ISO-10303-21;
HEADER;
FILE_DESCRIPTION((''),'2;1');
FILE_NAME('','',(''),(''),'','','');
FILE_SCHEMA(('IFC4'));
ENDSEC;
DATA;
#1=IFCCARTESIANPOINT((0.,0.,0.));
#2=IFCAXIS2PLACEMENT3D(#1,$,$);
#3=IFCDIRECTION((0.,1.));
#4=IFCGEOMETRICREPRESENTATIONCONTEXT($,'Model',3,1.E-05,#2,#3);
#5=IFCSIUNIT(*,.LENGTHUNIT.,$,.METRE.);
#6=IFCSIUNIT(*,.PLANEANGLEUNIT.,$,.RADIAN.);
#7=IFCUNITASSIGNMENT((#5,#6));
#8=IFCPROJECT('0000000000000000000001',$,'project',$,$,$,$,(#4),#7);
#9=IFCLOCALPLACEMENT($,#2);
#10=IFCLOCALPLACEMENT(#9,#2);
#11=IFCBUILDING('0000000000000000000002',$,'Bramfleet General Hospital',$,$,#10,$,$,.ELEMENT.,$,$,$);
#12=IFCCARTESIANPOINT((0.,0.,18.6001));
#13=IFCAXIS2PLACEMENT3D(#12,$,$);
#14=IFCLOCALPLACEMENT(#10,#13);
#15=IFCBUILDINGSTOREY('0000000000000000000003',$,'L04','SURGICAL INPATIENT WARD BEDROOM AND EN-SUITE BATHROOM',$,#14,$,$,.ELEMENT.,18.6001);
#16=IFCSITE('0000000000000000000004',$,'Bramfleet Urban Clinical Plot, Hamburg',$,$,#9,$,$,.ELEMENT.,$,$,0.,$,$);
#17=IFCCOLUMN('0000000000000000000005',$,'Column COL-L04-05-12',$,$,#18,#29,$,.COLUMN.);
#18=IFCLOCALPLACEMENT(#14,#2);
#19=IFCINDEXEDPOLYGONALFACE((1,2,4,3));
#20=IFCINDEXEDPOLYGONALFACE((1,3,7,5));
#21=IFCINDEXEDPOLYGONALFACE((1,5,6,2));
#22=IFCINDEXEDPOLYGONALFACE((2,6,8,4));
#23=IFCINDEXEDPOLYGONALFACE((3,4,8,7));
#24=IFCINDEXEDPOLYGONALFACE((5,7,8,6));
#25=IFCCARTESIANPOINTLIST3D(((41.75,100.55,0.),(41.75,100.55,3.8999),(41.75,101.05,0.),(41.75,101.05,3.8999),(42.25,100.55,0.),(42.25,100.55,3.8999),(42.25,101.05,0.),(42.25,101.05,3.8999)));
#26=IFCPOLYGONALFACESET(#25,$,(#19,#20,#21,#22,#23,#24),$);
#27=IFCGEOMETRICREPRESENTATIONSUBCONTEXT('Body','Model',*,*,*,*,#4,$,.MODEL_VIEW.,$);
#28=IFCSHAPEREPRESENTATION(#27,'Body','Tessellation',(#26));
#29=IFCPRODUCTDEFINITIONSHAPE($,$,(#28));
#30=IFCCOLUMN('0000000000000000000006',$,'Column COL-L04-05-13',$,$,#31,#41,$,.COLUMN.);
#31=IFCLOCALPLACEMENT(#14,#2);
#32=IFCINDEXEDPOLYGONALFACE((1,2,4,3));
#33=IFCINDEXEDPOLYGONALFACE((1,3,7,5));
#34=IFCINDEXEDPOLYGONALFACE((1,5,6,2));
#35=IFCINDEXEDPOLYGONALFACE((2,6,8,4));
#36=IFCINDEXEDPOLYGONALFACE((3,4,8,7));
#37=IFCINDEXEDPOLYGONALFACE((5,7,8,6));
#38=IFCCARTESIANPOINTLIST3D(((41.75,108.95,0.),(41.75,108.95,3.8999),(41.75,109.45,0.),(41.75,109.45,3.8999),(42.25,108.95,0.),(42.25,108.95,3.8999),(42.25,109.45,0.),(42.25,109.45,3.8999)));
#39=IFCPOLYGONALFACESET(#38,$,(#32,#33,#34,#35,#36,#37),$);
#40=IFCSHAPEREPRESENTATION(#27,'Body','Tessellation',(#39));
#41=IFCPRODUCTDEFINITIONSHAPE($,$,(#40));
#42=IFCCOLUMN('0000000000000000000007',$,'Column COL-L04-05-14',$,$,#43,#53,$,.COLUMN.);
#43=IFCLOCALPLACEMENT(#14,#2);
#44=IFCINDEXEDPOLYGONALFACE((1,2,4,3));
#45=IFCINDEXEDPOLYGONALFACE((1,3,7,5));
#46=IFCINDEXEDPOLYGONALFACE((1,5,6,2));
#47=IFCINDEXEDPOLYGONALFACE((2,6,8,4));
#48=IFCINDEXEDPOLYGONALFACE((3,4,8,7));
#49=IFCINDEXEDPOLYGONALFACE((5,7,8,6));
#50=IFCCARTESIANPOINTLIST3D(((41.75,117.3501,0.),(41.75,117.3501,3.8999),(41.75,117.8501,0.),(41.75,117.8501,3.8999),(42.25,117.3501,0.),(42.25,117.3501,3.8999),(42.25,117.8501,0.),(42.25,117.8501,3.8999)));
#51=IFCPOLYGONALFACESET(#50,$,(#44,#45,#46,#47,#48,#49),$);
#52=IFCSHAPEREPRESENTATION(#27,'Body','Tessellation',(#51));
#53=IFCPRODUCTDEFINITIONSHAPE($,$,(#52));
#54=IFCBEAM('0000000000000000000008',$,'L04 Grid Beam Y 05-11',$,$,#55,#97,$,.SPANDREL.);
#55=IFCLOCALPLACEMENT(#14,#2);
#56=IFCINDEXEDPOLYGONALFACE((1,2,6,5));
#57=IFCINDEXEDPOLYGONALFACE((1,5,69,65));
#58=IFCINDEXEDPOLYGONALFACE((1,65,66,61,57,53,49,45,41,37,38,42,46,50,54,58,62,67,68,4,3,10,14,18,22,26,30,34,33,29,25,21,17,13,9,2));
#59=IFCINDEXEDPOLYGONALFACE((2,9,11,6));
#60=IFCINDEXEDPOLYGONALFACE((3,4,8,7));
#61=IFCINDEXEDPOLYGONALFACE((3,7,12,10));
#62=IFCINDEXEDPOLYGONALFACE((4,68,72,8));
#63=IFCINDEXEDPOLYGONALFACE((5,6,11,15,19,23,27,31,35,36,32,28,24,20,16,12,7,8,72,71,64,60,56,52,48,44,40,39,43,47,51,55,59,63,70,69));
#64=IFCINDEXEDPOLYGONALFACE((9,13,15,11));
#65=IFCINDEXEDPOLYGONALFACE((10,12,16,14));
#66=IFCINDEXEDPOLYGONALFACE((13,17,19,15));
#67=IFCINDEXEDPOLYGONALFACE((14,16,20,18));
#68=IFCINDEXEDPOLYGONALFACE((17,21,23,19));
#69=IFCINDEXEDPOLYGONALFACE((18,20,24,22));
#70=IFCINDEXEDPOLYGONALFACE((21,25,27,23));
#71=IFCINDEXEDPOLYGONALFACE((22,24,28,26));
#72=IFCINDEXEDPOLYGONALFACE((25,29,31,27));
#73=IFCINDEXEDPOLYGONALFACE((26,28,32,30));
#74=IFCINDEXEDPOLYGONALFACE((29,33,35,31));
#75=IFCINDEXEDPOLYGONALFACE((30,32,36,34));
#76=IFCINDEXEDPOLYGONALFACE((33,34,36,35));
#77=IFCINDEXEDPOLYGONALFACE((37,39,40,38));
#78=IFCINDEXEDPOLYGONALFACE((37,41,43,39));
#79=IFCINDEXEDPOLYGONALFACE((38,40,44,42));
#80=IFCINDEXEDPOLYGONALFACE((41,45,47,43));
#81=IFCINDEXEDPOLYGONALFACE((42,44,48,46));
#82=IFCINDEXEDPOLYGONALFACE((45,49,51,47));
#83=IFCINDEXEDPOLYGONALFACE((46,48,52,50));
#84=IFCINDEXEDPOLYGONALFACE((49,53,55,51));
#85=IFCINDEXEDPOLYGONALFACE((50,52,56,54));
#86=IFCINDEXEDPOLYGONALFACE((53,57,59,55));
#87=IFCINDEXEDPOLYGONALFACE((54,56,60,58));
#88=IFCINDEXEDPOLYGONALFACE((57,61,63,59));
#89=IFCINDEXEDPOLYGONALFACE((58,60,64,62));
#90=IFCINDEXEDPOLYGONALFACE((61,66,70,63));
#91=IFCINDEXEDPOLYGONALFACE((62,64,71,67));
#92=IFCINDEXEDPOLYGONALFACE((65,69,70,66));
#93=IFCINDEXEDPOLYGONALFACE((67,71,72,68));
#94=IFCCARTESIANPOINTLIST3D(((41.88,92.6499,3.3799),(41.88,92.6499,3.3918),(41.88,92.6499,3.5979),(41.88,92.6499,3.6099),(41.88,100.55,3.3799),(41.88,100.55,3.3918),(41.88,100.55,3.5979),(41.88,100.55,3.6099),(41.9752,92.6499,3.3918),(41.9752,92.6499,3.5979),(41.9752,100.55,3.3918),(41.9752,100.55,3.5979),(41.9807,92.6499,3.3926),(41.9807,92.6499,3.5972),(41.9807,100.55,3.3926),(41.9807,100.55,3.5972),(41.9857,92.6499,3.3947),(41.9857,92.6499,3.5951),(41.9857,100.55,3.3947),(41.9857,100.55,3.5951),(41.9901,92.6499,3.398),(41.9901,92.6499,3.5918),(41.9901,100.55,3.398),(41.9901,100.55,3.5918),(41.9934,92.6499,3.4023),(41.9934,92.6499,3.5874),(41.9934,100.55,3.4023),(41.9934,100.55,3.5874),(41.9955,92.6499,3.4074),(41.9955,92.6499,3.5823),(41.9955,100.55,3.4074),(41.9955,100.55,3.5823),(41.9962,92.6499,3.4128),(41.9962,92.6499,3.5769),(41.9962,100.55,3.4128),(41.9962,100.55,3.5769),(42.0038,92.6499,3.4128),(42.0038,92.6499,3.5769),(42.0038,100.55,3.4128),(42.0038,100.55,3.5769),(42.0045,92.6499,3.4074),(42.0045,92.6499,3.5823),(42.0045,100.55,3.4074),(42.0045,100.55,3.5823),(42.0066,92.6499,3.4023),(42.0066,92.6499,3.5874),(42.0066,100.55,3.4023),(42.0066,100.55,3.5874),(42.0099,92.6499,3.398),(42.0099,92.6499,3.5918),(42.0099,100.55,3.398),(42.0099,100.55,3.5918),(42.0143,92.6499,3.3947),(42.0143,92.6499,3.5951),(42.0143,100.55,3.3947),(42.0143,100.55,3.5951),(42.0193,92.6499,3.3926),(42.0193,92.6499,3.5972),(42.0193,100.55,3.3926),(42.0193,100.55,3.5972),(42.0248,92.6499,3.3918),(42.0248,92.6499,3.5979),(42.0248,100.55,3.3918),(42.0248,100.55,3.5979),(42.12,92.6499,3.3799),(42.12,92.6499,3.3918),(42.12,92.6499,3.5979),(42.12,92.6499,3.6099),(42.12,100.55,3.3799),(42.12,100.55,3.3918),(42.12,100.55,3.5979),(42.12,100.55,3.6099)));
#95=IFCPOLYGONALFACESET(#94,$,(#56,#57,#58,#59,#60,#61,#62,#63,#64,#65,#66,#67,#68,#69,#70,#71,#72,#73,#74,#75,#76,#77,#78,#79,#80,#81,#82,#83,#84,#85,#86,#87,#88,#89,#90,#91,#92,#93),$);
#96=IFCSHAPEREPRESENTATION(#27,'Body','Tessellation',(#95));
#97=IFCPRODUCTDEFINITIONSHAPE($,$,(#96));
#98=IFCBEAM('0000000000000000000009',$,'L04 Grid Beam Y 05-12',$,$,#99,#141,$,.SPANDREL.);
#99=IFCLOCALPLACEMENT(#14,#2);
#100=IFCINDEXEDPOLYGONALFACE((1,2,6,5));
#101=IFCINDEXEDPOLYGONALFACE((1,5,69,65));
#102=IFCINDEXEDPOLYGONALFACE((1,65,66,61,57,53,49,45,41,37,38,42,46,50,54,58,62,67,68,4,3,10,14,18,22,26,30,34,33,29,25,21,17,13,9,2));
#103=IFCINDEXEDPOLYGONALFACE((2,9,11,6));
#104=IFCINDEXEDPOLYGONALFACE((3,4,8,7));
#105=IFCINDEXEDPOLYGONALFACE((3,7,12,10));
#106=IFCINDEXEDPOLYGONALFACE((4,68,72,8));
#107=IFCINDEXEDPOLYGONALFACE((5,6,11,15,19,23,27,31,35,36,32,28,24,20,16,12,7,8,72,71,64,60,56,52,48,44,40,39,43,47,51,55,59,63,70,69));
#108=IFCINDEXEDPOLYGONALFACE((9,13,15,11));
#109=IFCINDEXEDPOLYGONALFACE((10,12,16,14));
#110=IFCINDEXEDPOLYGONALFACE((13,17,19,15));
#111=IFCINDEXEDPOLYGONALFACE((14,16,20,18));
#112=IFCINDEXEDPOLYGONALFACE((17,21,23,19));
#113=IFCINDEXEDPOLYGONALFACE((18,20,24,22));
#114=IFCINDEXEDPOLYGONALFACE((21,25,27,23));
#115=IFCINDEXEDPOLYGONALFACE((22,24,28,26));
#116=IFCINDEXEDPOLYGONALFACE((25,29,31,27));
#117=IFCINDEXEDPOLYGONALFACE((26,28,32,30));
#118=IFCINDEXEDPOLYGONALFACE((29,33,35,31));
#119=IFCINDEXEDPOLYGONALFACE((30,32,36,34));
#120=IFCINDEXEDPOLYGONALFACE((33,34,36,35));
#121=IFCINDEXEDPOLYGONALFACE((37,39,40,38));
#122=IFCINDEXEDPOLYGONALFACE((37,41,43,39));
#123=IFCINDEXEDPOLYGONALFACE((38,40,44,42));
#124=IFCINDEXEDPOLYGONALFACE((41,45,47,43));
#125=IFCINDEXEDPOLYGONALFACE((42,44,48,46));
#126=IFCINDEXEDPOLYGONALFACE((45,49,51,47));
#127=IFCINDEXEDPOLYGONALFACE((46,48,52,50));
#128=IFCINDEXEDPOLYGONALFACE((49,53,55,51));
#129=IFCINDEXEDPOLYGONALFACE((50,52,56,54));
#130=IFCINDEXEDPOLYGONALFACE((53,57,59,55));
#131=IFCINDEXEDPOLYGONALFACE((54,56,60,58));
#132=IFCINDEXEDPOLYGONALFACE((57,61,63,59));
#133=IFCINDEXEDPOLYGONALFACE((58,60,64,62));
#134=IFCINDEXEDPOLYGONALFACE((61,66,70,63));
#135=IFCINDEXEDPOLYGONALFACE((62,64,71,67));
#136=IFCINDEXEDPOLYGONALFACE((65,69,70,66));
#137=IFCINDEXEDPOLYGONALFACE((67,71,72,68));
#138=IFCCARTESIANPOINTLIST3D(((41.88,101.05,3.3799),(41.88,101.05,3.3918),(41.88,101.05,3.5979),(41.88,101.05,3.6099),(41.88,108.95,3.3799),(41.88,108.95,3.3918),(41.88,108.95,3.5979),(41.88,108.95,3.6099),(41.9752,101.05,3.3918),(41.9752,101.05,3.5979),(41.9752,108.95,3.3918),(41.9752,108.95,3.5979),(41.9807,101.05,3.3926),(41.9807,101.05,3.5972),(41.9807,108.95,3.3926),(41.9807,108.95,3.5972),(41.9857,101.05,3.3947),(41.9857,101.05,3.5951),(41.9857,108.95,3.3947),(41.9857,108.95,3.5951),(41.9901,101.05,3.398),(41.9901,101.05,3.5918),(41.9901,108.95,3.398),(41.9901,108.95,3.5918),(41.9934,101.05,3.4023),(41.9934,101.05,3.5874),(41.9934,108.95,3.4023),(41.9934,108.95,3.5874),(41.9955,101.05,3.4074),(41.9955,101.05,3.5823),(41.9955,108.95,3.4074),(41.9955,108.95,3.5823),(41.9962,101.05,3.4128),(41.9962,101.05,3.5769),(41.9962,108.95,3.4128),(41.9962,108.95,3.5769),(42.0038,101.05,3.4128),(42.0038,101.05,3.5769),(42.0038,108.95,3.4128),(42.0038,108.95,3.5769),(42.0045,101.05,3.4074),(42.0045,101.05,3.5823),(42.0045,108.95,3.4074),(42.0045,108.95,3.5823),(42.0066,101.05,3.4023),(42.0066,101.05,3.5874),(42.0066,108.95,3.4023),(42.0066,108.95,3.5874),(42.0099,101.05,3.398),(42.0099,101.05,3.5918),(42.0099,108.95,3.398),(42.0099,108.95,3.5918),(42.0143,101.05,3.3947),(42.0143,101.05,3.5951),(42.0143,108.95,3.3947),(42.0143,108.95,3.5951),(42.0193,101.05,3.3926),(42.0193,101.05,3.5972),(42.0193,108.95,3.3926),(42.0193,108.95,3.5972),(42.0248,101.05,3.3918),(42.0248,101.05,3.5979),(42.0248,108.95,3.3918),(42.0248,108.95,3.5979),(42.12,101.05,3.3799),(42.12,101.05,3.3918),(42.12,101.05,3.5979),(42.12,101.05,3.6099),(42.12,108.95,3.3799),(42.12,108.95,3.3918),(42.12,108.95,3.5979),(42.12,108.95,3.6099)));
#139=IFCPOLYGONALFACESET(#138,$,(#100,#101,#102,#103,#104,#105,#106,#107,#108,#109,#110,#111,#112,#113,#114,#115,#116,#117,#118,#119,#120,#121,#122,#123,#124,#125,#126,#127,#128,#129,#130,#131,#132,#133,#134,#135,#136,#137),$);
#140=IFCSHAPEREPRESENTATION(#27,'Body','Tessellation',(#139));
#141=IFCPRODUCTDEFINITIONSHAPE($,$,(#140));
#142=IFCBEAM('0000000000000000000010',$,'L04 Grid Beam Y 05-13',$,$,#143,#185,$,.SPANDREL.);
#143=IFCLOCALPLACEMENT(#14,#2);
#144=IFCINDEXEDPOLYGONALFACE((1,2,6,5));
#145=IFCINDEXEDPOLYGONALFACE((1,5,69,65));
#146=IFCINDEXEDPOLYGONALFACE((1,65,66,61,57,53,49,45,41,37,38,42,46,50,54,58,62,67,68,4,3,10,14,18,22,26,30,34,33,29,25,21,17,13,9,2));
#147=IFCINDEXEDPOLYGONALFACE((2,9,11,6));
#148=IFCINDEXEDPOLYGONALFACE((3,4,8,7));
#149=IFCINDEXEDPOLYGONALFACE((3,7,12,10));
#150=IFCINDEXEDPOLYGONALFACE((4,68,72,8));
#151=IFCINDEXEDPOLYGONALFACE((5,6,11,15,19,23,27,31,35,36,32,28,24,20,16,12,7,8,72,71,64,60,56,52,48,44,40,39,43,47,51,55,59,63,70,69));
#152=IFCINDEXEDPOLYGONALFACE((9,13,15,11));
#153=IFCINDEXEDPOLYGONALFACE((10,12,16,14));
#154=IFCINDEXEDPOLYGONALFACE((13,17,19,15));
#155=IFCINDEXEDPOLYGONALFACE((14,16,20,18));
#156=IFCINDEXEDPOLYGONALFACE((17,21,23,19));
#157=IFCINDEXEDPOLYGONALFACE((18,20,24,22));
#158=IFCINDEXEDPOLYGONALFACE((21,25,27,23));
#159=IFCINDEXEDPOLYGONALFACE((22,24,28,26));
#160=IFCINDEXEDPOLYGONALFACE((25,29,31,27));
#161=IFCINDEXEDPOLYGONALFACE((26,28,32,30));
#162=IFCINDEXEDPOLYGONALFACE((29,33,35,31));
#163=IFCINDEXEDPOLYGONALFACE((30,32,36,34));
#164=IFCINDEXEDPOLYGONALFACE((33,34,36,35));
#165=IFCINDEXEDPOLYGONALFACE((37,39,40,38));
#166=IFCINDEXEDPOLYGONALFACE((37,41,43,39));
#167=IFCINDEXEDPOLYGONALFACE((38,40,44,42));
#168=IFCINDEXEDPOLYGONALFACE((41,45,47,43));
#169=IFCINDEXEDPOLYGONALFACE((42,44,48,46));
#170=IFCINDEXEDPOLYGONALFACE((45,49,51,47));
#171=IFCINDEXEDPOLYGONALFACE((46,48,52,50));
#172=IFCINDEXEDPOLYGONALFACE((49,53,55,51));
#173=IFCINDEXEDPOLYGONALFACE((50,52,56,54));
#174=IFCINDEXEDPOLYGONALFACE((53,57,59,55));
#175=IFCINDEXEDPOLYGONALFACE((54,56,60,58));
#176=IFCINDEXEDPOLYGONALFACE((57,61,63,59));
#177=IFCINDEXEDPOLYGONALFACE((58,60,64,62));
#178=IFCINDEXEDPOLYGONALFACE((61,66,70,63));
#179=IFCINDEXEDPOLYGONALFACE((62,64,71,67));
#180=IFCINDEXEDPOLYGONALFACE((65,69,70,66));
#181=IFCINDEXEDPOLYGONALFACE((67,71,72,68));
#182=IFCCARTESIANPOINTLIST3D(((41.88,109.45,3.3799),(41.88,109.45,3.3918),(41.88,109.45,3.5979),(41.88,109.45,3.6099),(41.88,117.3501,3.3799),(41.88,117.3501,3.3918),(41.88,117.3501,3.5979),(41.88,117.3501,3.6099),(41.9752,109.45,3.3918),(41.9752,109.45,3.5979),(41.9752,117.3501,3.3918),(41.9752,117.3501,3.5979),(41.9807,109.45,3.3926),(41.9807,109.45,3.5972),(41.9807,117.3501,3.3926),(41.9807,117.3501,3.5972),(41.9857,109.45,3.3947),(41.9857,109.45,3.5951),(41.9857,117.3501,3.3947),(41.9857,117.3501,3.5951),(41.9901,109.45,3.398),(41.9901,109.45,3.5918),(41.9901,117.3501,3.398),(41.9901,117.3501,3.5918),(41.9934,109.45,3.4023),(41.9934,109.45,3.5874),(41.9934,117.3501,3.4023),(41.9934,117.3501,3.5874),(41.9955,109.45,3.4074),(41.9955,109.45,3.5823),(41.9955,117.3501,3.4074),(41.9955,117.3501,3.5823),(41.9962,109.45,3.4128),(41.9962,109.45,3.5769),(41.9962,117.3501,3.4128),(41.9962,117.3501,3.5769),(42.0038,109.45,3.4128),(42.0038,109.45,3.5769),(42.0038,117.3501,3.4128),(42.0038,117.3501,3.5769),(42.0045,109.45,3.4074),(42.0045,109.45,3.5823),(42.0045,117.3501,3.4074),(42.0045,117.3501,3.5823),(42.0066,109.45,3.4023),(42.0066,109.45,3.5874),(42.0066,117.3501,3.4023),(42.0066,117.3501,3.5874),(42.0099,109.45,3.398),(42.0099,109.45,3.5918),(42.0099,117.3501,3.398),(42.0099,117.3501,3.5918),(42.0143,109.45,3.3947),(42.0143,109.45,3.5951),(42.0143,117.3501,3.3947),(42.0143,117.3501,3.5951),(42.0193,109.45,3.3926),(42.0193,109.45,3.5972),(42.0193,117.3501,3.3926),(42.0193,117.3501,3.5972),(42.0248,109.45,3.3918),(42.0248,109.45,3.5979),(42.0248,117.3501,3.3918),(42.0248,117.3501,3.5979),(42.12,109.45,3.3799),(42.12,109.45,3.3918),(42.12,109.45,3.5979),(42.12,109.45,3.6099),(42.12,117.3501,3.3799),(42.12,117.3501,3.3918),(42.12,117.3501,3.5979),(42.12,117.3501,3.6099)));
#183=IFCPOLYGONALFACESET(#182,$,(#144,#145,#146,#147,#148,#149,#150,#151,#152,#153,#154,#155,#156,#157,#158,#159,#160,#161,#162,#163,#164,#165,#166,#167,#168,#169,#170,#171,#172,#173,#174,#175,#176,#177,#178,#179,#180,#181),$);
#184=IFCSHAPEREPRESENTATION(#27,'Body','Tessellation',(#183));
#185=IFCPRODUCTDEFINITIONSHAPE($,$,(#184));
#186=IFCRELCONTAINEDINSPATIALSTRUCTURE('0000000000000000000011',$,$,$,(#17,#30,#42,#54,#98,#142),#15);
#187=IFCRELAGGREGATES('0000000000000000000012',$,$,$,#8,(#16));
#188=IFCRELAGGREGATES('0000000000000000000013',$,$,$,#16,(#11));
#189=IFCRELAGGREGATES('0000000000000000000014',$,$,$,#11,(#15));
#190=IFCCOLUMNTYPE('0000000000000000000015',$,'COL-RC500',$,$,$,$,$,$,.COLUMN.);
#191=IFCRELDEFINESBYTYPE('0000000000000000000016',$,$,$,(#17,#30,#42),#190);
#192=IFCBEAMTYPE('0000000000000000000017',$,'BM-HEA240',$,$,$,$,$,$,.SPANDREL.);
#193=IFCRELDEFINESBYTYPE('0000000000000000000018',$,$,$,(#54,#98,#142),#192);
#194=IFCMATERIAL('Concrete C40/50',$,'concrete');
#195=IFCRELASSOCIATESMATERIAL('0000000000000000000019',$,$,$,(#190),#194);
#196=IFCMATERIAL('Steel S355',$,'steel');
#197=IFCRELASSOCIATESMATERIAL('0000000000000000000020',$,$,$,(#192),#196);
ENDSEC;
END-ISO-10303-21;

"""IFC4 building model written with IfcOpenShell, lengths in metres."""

from ifc_helpers import new_model, si_unit, direction, frame, origin, origin_2d, place, context, subcontext, project, spatial, rectangle, i_section, extrude, material, material_profile, profile_set, type_object, element, save


model = new_model("IFC4")

# Units and contexts
model_context = context("Model", 3, precision=1e-05, world=origin(), true_north=direction((0.0, 1.0)))
body_context = subcontext(model_context, "Body", "Model", "MODEL_VIEW")
ifc_project = project(units=[si_unit("LENGTHUNIT", "METRE"), si_unit("PLANEANGLEUNIT", "RADIAN")], contexts=[model_context])

# Site, building, storey
site_placement = place(None, origin())
site = spatial("IfcSite", under=ifc_project, at=site_placement, Name="Bramfleet Urban Clinical Plot, Hamburg", CompositionType="ELEMENT", RefElevation=0.0)
building_placement = place(site_placement, origin())
building = spatial("IfcBuilding", under=site, at=building_placement, Name="Bramfleet General Hospital", CompositionType="ELEMENT")
storey_placement = place(building_placement, frame((0.0, 0.0, 18.6001)))
storey = spatial("IfcBuildingStorey", under=building, at=storey_placement, Name="L04", Description="SURGICAL INPATIENT WARD BEDROOM AND EN-SUITE BATHROOM", CompositionType="ELEMENT", Elevation=18.6001)

# Columns
ifc_material_1 = material(Name="Concrete C40/50", Category="concrete")
ifc_material_profile_1 = material_profile(ifc_material_1, rectangle(XDim=0.5, YDim=0.5, at=origin_2d()), Name="RC COL 500x500")
ifc_profile_set_1 = profile_set([ifc_material_profile_1], Name="Concrete C40/50")
column_type = type_object("IfcColumnType", Name="COL-RC500", PredefinedType="COLUMN", material=ifc_profile_set_1)
for number, where, z_axis, x_axis, name in (
    (1, (42.0, 100.8, 0.0), (0.0, 0.0, 1.0), (1.0, 0.0, 0.0), "Column COL-L04-05-12"),
    (2, (42.0, 109.2, 0.0), (0.0, 0.0, 1.0), (1.0, 0.0, 0.0), "Column COL-L04-05-13"),
    (3, (42.0, 117.6001, 0.0), (0.0, 0.0, 1.0), (1.0, 0.0, 0.0), "Column COL-L04-05-14"),
):
    element("IfcColumn", number, at=place(storey_placement, frame(where, z_axis=z_axis, x_axis=x_axis)), inside=storey, type_object=column_type, Name=name, PredefinedType="COLUMN", context=body_context, shape_type="SweptSolid", body=[
        extrude(rectangle(XDim=0.5, YDim=0.5, at=origin_2d()), origin(), (0.0, 0.0, 1.0), 3.8999),
    ])

# Beams
ifc_material_2 = material(Name="Steel S355", Category="steel")
ifc_material_profile_2 = material_profile(ifc_material_2, i_section(OverallWidth=0.24, OverallDepth=0.23, WebThickness=0.0076, FlangeThickness=0.012, FilletRadius=0.021, at=origin_2d()), Name="HEA 240")
ifc_profile_set_2 = profile_set([ifc_material_profile_2], Name="Steel S355")
beam_type_1 = type_object("IfcBeamType", Name="BM-HEA240", PredefinedType="SPANDREL", material=ifc_profile_set_2)
beam_1_placement = place(storey_placement, frame((42.0, 92.6499, 3.4949), z_axis=(0.0, 1.0, 0.0), x_axis=(-1.0, 0.0, 0.0)))
element("IfcBeam", 4, at=beam_1_placement, inside=storey, type_object=beam_type_1, Name="L04 Grid Beam Y 05-11", PredefinedType="SPANDREL", context=body_context, shape_type="SweptSolid", body=[
    extrude(i_section(OverallWidth=0.24, OverallDepth=0.23, WebThickness=0.0076, FlangeThickness=0.012, FilletRadius=0.021, at=origin_2d()), origin(), (0.0, 0.0, 1.0), 7.9001),
])
beam_2_placement = place(storey_placement, frame((42.0, 101.05, 3.4949), z_axis=(0.0, 1.0, 0.0), x_axis=(-1.0, 0.0, 0.0)))
element("IfcBeam", 5, at=beam_2_placement, inside=storey, type_object=beam_type_1, Name="L04 Grid Beam Y 05-12", PredefinedType="SPANDREL", context=body_context, shape_type="SweptSolid", body=[
    extrude(i_section(OverallWidth=0.24, OverallDepth=0.23, WebThickness=0.0076, FlangeThickness=0.012, FilletRadius=0.021, at=origin_2d()), origin(), (0.0, 0.0, 1.0), 7.8999),
])
beam_3_placement = place(storey_placement, frame((42.0, 109.45, 3.4949), z_axis=(0.0, 1.0, 0.0), x_axis=(-1.0, 0.0, 0.0)))
element("IfcBeam", 6, at=beam_3_placement, inside=storey, type_object=beam_type_1, Name="L04 Grid Beam Y 05-13", PredefinedType="SPANDREL", context=body_context, shape_type="SweptSolid", body=[
    extrude(i_section(OverallWidth=0.24, OverallDepth=0.23, WebThickness=0.0076, FlangeThickness=0.012, FilletRadius=0.021, at=origin_2d()), origin(), (0.0, 0.0, 1.0), 7.9001),
])

save(model, "model.ifc")
